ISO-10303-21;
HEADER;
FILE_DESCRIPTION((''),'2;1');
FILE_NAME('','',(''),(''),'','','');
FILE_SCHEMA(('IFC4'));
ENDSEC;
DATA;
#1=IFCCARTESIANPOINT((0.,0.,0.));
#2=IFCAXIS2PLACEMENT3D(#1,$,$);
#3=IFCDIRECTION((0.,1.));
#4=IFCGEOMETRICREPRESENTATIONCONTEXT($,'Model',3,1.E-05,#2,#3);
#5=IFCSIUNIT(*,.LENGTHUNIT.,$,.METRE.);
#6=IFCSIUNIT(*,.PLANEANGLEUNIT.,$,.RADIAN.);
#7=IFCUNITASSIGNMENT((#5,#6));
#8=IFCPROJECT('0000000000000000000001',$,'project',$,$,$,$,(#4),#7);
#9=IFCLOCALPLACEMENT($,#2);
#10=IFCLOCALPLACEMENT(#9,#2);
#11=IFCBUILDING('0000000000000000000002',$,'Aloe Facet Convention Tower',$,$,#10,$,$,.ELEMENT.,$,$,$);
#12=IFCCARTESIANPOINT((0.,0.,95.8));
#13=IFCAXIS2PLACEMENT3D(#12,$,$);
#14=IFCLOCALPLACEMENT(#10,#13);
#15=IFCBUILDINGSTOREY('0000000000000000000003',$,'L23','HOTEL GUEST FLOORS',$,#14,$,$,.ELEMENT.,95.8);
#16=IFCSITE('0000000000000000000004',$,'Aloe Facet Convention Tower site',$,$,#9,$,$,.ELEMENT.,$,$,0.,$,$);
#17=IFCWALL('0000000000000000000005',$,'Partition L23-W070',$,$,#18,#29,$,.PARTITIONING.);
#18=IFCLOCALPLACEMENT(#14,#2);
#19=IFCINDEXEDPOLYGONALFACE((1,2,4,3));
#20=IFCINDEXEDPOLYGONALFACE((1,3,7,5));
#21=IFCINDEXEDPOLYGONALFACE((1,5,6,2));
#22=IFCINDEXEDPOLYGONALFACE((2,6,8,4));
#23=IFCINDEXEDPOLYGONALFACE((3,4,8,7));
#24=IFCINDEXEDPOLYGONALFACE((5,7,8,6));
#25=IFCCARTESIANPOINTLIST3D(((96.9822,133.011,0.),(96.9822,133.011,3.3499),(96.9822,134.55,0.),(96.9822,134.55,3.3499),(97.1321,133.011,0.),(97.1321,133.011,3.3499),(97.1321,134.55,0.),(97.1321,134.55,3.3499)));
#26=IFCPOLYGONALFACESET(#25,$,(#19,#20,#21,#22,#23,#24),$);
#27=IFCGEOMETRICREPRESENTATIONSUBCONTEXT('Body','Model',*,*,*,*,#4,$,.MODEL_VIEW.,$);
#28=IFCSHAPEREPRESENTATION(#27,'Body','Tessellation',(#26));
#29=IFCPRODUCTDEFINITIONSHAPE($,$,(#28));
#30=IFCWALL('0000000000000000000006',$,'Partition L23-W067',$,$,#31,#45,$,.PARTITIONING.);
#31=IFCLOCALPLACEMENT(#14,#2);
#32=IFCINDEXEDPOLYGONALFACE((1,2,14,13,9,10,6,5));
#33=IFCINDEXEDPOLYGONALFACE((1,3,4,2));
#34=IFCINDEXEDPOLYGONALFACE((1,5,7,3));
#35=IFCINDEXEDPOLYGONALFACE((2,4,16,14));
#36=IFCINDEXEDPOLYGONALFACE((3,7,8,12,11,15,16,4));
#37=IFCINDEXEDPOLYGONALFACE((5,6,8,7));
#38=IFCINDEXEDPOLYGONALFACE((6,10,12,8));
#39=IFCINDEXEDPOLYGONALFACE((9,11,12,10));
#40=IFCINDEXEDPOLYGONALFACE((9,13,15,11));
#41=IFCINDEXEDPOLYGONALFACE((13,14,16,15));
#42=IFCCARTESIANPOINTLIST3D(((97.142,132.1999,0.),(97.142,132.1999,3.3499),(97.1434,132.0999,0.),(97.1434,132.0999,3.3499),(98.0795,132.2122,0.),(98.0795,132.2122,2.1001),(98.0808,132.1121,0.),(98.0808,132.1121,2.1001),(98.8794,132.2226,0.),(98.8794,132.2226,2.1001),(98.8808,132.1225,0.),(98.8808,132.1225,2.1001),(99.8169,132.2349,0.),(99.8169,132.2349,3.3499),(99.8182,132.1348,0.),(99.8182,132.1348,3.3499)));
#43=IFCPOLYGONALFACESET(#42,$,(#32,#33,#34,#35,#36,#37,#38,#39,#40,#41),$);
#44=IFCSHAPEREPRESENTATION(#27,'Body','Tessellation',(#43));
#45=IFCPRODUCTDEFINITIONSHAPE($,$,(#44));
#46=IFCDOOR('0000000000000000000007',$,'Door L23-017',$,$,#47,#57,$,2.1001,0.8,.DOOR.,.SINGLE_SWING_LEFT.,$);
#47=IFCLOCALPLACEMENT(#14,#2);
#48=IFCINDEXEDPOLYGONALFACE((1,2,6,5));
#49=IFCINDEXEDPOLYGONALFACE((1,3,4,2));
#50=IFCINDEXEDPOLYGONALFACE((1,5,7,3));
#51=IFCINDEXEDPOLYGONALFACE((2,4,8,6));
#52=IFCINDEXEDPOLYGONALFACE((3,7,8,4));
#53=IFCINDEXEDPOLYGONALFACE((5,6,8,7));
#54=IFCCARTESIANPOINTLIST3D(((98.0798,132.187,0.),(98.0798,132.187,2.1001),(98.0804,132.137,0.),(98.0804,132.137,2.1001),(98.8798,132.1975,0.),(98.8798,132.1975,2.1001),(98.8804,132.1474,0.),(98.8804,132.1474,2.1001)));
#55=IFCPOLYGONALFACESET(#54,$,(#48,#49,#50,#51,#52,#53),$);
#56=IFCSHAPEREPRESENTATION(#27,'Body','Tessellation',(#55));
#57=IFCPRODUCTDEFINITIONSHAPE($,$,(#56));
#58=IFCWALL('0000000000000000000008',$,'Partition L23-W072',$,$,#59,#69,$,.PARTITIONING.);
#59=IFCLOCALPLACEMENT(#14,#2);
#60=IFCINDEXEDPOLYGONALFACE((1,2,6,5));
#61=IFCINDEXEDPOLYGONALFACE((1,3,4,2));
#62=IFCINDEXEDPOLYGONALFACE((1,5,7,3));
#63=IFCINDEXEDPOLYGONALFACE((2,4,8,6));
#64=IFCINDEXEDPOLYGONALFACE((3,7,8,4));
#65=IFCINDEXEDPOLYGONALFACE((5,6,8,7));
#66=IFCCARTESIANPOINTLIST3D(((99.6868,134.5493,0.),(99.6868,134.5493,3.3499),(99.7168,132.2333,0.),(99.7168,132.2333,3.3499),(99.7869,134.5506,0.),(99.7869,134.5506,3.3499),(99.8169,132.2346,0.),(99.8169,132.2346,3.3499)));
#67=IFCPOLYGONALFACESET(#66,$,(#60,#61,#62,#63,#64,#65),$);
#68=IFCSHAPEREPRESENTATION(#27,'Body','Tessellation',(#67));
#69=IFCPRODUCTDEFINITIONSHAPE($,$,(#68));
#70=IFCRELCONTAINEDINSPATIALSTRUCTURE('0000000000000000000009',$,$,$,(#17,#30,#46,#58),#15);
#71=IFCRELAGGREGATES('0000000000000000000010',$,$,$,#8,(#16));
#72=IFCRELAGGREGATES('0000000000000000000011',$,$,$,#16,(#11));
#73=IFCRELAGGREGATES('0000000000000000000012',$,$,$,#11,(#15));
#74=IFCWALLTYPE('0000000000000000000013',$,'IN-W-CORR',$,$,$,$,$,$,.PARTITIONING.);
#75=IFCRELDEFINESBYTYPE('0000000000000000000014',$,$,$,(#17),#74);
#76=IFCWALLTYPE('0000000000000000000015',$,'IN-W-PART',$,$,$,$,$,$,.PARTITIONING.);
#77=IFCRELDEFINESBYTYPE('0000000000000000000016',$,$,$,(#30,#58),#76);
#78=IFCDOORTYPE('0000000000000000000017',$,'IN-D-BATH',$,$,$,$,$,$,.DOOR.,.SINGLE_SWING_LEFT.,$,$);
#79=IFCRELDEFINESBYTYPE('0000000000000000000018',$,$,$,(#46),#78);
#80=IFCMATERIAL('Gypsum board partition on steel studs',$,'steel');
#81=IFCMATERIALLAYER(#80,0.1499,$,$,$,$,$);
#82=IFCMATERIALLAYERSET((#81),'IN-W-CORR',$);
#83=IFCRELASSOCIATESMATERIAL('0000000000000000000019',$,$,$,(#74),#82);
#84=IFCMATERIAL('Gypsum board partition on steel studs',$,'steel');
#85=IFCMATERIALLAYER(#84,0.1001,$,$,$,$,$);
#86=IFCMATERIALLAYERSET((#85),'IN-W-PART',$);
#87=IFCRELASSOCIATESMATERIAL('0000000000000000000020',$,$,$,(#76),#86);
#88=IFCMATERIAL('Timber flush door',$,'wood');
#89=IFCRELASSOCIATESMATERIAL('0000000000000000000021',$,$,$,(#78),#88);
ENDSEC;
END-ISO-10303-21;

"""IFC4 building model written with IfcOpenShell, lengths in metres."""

from ifc_helpers import new_model, si_unit, direction, frame, frame_2d, origin, place, context, subcontext, project, spatial, rectangle, extrude, material, layer, layer_set, type_object, element, fill, save


model = new_model("IFC4")

# Units and contexts
model_context = context("Model", 3, precision=1e-05, world=origin(), true_north=direction((0.0, 1.0)))
body_context = subcontext(model_context, "Body", "Model", "MODEL_VIEW")
ifc_project = project(units=[si_unit("LENGTHUNIT", "METRE"), si_unit("PLANEANGLEUNIT", "RADIAN")], contexts=[model_context])

# Site, building, storey
site_placement = place(None, origin())
site = spatial("IfcSite", under=ifc_project, at=site_placement, Name="Aloe Facet Convention Tower site", CompositionType="ELEMENT", RefElevation=0.0)
building_placement = place(site_placement, origin())
building = spatial("IfcBuilding", under=site, at=building_placement, Name="Aloe Facet Convention Tower", CompositionType="ELEMENT")
storey_placement = place(building_placement, frame((0.0, 0.0, 95.8)))
storey = spatial("IfcBuildingStorey", under=building, at=storey_placement, Name="L23", Description="HOTEL GUEST FLOORS", CompositionType="ELEMENT", Elevation=95.8)

# Wall
ifc_material_1 = material(Name="Gypsum board partition on steel studs", Category="steel")
ifc_layer_1 = layer(ifc_material_1, 0.1499)
ifc_layer_set_1 = layer_set([ifc_layer_1], Name="IN-W-CORR")
wall_type_1 = type_object("IfcWallType", Name="IN-W-CORR", PredefinedType="PARTITIONING", material=ifc_layer_set_1)
wall_1_placement = place(storey_placement, frame((97.0571, 133.011, 0.0), z_axis=(0.0, 0.0, 1.0), x_axis=(0.0, 1.0, 0.0)))
element("IfcWall", 1, at=wall_1_placement, inside=storey, type_object=wall_type_1, Name="Partition L23-W070", PredefinedType="PARTITIONING", context=body_context, shape_type="SweptSolid", body=[
    extrude(rectangle(XDim=1.5391, YDim=0.1499, at=frame_2d((0.7695, 0.0))), origin(), (0.0, 0.0, 1.0), 3.3499),
])

# Wall, opening, door
ifc_material_2 = material(Name="Gypsum board partition on steel studs", Category="steel")
ifc_layer_2 = layer(ifc_material_2, 0.1001)
ifc_layer_set_2 = layer_set([ifc_layer_2], Name="IN-W-PART")
wall_type_2 = type_object("IfcWallType", Name="IN-W-PART", PredefinedType="PARTITIONING", material=ifc_layer_set_2)
wall_2_placement = place(storey_placement, frame((97.1428, 132.1499, 0.0), z_axis=(0.0, 0.0, 1.0), x_axis=(0.999915, 0.013051, 0.0)))
wall_2 = element("IfcWall", 2, at=wall_2_placement, inside=storey, type_object=wall_type_2, Name="Partition L23-W067", PredefinedType="PARTITIONING", context=body_context, shape_type="SweptSolid", body=[
    extrude(rectangle(XDim=2.675, YDim=0.1001, at=frame_2d((1.3374, 0.0))), origin(), (0.0, 0.0, 1.0), 3.3499),
])
opening_1_placement = place(wall_2_placement, frame((0.9375, 0.0, 0.0)))
opening_1 = element("IfcOpeningElement", 3, at=opening_1_placement, cuts=wall_2, PredefinedType="OPENING", context=body_context, shape_type="SweptSolid", body=[
    extrude(rectangle(XDim=0.8, YDim=2.1001, at=frame_2d((0.3999, 1.05))), frame((0.0, 0.0601, 0.0), z_axis=(0.0, -1.0, 0.0), x_axis=(1.0, 0.0, 0.0)), (0.0, 0.0, 1.0), 0.1201),
])
ifc_material_3 = material(Name="Timber flush door", Category="wood")
door_type = type_object("IfcDoorType", Name="IN-D-BATH", OperationType="SINGLE_SWING_LEFT", PredefinedType="DOOR", material=ifc_material_3)
door_placement = place(opening_1_placement, origin())
door = element("IfcDoor", 4, at=door_placement, inside=storey, type_object=door_type, Name="Door L23-017", OperationType="SINGLE_SWING_LEFT", OverallHeight=2.1001, OverallWidth=0.8, PredefinedType="DOOR", context=body_context, shape_type="SweptSolid", body=[
    extrude(rectangle(XDim=0.8, YDim=2.1001, at=frame_2d((0.3999, 1.05))), frame((0.0, 0.0249, 0.0), z_axis=(0.0, -1.0, 0.0), x_axis=(1.0, 0.0, 0.0)), (0.0, 0.0, 1.0), 0.05),
])
fill(opening_1, door)

# Wall
wall_3_placement = place(storey_placement, frame((99.7368, 134.55, 0.0), z_axis=(0.0, 0.0, 1.0), x_axis=(0.012965, -0.999916, 0.0)))
element("IfcWall", 5, at=wall_3_placement, inside=storey, type_object=wall_type_2, Name="Partition L23-W072", PredefinedType="PARTITIONING", context=body_context, shape_type="SweptSolid", body=[
    extrude(rectangle(XDim=2.3162, YDim=0.1001, at=frame_2d((1.1582, 0.0))), origin(), (0.0, 0.0, 1.0), 3.3499),
])

save(model, "model.ifc")
